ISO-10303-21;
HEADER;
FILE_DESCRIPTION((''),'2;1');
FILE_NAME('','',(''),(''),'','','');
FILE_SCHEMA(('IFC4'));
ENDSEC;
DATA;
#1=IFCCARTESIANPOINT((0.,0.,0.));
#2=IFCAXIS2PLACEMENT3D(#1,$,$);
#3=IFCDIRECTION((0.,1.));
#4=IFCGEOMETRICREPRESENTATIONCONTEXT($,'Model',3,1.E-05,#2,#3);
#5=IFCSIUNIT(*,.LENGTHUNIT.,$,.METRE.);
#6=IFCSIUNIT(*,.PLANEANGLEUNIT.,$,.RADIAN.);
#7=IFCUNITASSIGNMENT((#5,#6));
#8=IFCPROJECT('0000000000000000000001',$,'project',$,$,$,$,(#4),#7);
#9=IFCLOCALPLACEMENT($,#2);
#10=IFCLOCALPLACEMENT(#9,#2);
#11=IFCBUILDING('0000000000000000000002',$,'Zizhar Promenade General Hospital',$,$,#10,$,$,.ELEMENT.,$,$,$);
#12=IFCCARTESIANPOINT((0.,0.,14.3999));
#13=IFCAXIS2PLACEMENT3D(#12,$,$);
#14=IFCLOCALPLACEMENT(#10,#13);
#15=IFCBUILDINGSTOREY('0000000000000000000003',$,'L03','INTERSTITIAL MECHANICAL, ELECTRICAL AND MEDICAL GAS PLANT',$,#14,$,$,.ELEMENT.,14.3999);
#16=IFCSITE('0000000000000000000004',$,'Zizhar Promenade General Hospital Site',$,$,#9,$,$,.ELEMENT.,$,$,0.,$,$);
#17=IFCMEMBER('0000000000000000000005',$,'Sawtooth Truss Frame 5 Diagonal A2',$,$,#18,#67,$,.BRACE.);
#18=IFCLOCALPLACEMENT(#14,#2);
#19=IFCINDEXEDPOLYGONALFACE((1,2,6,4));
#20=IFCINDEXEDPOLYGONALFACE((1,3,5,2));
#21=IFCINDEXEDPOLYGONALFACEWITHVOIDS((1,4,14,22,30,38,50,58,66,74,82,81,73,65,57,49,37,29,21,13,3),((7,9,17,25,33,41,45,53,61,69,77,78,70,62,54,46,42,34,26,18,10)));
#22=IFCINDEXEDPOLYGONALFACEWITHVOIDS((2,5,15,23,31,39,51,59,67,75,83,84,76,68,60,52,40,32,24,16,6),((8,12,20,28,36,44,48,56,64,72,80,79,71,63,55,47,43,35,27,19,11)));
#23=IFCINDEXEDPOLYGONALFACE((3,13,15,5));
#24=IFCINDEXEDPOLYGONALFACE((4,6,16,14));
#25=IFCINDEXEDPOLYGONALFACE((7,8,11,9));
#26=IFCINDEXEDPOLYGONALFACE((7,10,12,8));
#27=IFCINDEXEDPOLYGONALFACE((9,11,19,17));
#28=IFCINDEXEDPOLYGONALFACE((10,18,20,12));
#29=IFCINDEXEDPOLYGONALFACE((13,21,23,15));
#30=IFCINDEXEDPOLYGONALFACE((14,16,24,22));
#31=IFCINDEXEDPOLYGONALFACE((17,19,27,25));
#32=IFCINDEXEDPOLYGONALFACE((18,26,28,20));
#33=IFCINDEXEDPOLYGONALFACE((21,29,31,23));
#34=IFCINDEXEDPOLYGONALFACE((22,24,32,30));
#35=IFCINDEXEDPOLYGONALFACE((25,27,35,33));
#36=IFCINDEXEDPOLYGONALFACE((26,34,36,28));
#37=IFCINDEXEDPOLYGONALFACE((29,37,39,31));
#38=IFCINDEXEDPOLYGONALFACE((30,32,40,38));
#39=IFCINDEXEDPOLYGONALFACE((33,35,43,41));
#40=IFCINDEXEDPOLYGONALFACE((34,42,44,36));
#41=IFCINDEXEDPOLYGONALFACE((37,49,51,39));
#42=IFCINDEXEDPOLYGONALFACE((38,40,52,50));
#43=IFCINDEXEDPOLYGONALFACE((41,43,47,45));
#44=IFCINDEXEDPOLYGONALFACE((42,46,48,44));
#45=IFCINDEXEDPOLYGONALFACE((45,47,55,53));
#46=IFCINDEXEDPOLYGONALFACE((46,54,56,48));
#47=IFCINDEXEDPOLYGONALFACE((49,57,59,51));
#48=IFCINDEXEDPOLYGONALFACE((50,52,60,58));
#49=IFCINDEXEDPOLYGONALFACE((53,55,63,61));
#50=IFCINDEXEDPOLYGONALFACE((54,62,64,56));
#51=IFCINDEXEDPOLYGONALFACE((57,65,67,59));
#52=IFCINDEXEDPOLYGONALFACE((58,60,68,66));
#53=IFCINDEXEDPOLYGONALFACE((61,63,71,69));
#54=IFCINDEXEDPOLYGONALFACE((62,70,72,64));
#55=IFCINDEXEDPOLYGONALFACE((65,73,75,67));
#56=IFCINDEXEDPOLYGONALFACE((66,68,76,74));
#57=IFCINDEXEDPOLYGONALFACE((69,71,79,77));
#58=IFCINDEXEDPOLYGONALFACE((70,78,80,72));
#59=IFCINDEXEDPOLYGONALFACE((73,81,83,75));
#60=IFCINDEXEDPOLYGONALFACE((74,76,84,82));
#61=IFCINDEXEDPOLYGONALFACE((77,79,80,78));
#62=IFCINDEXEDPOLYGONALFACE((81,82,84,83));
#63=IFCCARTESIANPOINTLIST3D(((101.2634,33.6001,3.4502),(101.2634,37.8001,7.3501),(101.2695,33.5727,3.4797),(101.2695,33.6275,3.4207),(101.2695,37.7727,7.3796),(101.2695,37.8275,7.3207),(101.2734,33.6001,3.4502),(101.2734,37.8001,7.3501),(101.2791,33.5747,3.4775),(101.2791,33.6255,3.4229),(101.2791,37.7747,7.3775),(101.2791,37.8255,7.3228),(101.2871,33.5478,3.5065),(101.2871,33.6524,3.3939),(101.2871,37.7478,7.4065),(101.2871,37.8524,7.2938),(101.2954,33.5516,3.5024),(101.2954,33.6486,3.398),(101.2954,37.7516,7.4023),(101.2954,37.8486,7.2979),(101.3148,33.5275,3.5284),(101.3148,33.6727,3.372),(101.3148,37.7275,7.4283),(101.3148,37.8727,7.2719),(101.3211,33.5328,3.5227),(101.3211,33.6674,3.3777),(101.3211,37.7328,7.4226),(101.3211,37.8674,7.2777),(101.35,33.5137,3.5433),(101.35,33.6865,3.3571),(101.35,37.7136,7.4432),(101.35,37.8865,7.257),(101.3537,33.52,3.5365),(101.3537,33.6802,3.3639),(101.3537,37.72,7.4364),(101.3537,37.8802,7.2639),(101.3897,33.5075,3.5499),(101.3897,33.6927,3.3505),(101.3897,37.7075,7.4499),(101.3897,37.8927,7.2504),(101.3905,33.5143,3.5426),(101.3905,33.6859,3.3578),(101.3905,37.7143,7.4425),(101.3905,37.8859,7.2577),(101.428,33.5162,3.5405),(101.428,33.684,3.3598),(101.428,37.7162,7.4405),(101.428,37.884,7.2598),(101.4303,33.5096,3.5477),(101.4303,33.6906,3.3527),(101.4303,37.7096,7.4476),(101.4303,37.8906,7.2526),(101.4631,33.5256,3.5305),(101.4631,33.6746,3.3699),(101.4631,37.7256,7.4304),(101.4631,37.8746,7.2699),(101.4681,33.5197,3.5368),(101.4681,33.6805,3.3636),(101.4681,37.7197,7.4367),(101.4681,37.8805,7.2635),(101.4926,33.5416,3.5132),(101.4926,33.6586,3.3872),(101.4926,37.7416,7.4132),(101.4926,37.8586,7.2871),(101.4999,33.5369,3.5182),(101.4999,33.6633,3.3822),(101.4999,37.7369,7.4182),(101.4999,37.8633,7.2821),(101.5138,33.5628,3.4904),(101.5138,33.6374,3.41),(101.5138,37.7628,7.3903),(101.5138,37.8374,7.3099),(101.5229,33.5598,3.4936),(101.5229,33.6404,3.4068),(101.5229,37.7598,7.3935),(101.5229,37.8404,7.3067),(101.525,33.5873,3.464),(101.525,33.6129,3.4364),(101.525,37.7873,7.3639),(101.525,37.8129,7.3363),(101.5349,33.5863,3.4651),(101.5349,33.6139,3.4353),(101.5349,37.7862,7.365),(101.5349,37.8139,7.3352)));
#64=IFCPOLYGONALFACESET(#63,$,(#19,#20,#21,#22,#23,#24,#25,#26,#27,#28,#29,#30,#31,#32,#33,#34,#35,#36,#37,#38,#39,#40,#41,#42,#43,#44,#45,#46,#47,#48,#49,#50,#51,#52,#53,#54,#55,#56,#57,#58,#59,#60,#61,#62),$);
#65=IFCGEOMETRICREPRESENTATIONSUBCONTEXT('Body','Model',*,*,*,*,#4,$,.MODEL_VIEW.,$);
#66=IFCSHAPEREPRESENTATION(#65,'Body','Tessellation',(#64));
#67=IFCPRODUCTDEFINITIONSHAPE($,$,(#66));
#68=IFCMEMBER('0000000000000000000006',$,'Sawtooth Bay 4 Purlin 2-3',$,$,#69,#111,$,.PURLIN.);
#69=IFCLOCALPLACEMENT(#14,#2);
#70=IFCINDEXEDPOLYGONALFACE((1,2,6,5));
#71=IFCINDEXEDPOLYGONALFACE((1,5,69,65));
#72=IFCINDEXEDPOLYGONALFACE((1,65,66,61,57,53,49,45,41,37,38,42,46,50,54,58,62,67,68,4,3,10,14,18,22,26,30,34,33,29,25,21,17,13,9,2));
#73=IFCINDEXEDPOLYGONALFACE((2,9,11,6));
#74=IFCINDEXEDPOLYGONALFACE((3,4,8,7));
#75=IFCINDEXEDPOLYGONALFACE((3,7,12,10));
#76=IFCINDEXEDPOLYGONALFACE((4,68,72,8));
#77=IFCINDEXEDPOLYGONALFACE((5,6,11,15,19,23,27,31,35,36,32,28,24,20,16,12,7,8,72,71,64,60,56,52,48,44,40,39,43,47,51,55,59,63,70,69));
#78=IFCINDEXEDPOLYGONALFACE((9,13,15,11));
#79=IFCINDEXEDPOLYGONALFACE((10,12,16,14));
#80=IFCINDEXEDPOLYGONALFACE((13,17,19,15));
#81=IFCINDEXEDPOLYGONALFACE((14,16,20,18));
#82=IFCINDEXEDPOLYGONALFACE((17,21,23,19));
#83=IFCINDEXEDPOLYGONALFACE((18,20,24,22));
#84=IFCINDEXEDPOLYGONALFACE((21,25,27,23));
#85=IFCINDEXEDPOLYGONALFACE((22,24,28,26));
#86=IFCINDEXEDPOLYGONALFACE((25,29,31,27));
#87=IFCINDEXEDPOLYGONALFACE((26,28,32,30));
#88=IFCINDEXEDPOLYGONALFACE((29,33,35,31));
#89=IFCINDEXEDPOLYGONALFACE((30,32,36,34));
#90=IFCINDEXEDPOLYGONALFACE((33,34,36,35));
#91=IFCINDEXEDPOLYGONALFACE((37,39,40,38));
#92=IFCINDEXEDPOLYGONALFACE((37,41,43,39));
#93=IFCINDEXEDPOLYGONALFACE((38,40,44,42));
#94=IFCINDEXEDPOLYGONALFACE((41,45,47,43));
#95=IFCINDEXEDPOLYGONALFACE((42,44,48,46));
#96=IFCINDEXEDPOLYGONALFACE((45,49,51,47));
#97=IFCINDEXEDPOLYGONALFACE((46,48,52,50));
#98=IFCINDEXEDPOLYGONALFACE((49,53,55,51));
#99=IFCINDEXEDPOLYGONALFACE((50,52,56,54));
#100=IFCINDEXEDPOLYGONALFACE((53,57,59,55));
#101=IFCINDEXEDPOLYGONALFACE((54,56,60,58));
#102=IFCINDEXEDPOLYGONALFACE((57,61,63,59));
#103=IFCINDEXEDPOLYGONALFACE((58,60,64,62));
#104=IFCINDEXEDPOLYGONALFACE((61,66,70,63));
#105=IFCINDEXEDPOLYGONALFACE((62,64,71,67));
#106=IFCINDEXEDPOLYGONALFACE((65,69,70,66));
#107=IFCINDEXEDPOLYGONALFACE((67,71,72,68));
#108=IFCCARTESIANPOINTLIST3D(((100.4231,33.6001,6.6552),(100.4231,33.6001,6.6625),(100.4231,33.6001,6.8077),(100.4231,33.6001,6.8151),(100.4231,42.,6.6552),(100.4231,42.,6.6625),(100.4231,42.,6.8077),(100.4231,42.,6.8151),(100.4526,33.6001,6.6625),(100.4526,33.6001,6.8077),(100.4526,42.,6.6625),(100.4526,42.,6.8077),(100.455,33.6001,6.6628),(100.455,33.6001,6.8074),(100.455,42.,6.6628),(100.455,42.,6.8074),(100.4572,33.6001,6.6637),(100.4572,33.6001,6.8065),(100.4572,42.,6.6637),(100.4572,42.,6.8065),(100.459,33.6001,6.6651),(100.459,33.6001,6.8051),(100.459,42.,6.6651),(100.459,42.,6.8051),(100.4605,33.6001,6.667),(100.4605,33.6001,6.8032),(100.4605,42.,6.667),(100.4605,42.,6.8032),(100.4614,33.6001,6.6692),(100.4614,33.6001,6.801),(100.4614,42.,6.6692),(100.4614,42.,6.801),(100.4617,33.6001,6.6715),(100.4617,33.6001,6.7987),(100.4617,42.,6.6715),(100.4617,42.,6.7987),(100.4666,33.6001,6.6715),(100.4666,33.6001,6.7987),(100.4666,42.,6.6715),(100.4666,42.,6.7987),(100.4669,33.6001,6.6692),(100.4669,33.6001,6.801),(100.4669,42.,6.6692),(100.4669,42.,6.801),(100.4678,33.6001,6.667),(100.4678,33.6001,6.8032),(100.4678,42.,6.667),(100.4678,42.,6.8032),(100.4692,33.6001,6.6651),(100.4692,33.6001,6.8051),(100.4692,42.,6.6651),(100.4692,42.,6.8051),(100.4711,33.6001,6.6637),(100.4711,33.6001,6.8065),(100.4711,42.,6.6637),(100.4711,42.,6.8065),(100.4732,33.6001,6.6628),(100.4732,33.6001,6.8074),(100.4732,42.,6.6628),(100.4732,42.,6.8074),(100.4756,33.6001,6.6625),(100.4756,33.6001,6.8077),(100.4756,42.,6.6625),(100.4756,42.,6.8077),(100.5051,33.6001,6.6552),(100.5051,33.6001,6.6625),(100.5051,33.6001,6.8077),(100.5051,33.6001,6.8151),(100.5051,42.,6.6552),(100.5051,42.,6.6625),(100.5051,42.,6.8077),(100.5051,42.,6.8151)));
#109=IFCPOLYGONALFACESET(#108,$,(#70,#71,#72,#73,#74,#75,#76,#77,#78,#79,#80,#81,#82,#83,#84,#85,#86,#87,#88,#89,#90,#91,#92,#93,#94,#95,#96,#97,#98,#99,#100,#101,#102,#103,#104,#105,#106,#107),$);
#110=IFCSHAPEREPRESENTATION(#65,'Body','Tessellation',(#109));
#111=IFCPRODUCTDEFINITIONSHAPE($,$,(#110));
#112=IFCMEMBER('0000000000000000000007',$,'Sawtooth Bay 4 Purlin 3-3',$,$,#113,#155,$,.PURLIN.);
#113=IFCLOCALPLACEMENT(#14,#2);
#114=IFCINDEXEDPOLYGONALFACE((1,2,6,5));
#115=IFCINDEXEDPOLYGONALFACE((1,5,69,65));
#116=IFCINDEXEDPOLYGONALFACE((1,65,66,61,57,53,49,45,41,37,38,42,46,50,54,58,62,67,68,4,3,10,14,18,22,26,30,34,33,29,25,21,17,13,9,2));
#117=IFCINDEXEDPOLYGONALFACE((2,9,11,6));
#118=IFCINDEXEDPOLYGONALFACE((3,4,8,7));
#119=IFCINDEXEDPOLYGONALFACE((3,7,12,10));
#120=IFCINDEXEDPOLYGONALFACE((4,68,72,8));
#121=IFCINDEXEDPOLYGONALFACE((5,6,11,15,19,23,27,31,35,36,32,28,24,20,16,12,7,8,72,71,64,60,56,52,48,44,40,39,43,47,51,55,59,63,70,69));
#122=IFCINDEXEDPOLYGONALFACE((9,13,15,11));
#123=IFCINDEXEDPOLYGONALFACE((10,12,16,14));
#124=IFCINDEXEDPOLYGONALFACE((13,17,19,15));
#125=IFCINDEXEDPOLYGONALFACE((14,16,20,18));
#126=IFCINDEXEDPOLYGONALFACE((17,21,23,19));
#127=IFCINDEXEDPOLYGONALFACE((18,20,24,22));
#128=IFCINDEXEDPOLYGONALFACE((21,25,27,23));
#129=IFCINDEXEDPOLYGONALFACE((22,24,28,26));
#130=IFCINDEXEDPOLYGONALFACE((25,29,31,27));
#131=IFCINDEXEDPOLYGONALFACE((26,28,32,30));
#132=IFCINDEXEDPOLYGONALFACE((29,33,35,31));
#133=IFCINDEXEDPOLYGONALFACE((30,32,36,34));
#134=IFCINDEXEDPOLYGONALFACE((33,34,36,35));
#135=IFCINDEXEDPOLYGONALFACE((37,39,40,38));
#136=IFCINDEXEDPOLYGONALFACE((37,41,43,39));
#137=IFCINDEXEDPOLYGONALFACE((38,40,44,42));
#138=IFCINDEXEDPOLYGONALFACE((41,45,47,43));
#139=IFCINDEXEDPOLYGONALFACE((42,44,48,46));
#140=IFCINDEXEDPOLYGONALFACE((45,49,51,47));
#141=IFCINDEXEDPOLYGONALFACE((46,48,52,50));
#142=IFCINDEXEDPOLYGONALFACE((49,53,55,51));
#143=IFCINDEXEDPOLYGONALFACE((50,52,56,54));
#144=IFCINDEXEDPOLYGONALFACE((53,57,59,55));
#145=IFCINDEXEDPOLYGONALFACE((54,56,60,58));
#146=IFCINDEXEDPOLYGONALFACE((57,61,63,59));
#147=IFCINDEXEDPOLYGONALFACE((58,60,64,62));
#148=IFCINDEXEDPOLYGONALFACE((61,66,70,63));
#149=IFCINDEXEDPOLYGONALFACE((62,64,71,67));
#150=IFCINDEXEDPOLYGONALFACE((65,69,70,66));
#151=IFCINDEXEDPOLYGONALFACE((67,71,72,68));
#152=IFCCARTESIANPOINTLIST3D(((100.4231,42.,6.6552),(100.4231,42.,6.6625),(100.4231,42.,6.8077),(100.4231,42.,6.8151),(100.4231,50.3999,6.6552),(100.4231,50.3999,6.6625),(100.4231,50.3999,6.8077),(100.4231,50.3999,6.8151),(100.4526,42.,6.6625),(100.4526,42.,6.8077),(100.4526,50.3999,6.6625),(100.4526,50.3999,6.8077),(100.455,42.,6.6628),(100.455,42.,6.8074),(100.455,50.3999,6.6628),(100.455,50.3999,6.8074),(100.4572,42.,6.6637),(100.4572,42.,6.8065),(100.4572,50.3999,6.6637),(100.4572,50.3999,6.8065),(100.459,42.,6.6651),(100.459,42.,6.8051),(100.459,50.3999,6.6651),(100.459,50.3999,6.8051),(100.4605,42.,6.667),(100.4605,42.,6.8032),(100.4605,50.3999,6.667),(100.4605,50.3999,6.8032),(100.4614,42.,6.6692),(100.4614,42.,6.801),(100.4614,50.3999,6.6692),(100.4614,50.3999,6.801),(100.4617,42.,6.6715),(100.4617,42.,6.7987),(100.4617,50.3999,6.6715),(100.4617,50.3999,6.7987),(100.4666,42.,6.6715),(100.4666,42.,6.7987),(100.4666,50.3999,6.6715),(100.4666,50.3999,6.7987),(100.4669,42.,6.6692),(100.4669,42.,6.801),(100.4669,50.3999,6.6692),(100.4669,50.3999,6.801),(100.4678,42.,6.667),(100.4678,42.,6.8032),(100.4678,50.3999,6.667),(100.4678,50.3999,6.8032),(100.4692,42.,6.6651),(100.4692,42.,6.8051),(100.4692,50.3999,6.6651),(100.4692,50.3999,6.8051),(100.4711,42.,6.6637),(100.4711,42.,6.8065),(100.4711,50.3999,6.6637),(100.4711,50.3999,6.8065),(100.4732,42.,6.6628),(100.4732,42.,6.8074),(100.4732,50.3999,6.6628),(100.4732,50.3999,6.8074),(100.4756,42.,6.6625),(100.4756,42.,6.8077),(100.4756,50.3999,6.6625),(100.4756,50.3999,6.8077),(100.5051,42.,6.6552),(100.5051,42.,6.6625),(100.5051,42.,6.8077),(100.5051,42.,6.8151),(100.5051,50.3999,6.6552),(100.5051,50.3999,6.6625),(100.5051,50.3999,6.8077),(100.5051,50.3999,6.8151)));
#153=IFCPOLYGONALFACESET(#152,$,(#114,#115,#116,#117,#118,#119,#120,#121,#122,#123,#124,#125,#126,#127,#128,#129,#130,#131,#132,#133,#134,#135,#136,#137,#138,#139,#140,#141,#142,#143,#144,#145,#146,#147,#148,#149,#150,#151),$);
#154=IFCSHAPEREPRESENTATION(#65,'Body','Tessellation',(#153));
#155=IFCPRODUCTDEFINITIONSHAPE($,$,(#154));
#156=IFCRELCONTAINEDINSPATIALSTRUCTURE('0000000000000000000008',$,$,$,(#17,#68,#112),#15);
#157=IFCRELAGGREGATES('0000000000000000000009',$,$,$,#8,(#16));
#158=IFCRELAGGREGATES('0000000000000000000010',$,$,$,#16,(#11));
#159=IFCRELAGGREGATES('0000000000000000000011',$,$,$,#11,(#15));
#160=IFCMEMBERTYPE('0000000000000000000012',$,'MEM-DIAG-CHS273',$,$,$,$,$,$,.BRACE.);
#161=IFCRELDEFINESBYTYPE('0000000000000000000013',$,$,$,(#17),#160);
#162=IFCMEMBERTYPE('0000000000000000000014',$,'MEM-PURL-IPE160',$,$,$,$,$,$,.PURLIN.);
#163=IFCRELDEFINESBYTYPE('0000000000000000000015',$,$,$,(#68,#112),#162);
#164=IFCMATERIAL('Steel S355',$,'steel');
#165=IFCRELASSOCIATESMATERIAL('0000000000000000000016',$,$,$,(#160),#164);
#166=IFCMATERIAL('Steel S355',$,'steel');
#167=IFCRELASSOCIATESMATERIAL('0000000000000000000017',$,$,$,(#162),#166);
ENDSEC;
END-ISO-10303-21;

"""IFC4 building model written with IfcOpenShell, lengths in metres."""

from ifc_helpers import new_model, si_unit, direction, frame, origin, origin_2d, place, context, subcontext, project, spatial, hollow_circle, i_section, extrude, material, material_profile, profile_set, type_object, element, save


model = new_model("IFC4")

# Units and contexts
model_context = context("Model", 3, precision=1e-05, world=origin(), true_north=direction((0.0, 1.0)))
body_context = subcontext(model_context, "Body", "Model", "MODEL_VIEW")
ifc_project = project(units=[si_unit("LENGTHUNIT", "METRE"), si_unit("PLANEANGLEUNIT", "RADIAN")], contexts=[model_context])

# Site, building, storey
site_placement = place(None, origin())
site = spatial("IfcSite", under=ifc_project, at=site_placement, Name="Zizhar Promenade General Hospital Site", CompositionType="ELEMENT", RefElevation=0.0)
building_placement = place(site_placement, origin())
building = spatial("IfcBuilding", under=site, at=building_placement, Name="Zizhar Promenade General Hospital", CompositionType="ELEMENT")
storey_placement = place(building_placement, frame((0.0, 0.0, 14.3999)))
storey = spatial("IfcBuildingStorey", under=building, at=storey_placement, Name="L03", Description="INTERSTITIAL MECHANICAL, ELECTRICAL AND MEDICAL GAS PLANT", CompositionType="ELEMENT", Elevation=14.3999)

# Members
ifc_material_1 = material(Name="Steel S355", Category="steel")
ifc_material_profile_1 = material_profile(ifc_material_1, hollow_circle(Radius=0.1365, WallThickness=0.01, at=origin_2d()))
ifc_profile_set_1 = profile_set([ifc_material_profile_1], Name="Steel S355")
member_type_1 = type_object("IfcMemberType", Name="MEM-DIAG-CHS273", PredefinedType="BRACE", material=ifc_profile_set_1)
for number, where, z_axis, x_axis, name in (
    (1, (101.3999, 33.6001, 3.4502), (0.0, 0.732798, 0.680446), (-1.0, 0.0, 0.0), "Sawtooth Truss Frame 5 Diagonal A2"),
):
    element("IfcMember", number, at=place(storey_placement, frame(where, z_axis=z_axis, x_axis=x_axis)), inside=storey, type_object=member_type_1, Name=name, PredefinedType="BRACE", context=body_context, shape_type="SweptSolid", body=[
        extrude(hollow_circle(Radius=0.1365, WallThickness=0.01, at=origin_2d()), origin(), (0.0, 0.0, 1.0), 5.7314),
    ])
ifc_material_2 = material(Name="Steel S355", Category="steel")
ifc_material_profile_2 = material_profile(ifc_material_2, i_section(OverallWidth=0.082, OverallDepth=0.1599, WebThickness=0.0049, FlangeThickness=0.0073, FilletRadius=0.009, at=origin_2d()))
ifc_profile_set_2 = profile_set([ifc_material_profile_2], Name="Steel S355")
member_type_2 = type_object("IfcMemberType", Name="MEM-PURL-IPE160", PredefinedType="PURLIN", material=ifc_profile_set_2)
for number, where, z_axis, x_axis, name in (
    (2, (100.4641, 33.6001, 6.7351), (0.0, 1.0, 0.0), (-1.0, 0.0, 0.0), "Sawtooth Bay 4 Purlin 2-3"),
    (3, (100.4641, 42.0, 6.7351), (0.0, 1.0, 0.0), (-1.0, 0.0, 0.0), "Sawtooth Bay 4 Purlin 3-3"),
):
    element("IfcMember", number, at=place(storey_placement, frame(where, z_axis=z_axis, x_axis=x_axis)), inside=storey, type_object=member_type_2, Name=name, PredefinedType="PURLIN", context=body_context, shape_type="SweptSolid", body=[
        extrude(i_section(OverallWidth=0.082, OverallDepth=0.1599, WebThickness=0.0049, FlangeThickness=0.0073, FilletRadius=0.009, at=origin_2d()), origin(), (0.0, 0.0, 1.0), 8.3999),
    ])

save(model, "model.ifc")
